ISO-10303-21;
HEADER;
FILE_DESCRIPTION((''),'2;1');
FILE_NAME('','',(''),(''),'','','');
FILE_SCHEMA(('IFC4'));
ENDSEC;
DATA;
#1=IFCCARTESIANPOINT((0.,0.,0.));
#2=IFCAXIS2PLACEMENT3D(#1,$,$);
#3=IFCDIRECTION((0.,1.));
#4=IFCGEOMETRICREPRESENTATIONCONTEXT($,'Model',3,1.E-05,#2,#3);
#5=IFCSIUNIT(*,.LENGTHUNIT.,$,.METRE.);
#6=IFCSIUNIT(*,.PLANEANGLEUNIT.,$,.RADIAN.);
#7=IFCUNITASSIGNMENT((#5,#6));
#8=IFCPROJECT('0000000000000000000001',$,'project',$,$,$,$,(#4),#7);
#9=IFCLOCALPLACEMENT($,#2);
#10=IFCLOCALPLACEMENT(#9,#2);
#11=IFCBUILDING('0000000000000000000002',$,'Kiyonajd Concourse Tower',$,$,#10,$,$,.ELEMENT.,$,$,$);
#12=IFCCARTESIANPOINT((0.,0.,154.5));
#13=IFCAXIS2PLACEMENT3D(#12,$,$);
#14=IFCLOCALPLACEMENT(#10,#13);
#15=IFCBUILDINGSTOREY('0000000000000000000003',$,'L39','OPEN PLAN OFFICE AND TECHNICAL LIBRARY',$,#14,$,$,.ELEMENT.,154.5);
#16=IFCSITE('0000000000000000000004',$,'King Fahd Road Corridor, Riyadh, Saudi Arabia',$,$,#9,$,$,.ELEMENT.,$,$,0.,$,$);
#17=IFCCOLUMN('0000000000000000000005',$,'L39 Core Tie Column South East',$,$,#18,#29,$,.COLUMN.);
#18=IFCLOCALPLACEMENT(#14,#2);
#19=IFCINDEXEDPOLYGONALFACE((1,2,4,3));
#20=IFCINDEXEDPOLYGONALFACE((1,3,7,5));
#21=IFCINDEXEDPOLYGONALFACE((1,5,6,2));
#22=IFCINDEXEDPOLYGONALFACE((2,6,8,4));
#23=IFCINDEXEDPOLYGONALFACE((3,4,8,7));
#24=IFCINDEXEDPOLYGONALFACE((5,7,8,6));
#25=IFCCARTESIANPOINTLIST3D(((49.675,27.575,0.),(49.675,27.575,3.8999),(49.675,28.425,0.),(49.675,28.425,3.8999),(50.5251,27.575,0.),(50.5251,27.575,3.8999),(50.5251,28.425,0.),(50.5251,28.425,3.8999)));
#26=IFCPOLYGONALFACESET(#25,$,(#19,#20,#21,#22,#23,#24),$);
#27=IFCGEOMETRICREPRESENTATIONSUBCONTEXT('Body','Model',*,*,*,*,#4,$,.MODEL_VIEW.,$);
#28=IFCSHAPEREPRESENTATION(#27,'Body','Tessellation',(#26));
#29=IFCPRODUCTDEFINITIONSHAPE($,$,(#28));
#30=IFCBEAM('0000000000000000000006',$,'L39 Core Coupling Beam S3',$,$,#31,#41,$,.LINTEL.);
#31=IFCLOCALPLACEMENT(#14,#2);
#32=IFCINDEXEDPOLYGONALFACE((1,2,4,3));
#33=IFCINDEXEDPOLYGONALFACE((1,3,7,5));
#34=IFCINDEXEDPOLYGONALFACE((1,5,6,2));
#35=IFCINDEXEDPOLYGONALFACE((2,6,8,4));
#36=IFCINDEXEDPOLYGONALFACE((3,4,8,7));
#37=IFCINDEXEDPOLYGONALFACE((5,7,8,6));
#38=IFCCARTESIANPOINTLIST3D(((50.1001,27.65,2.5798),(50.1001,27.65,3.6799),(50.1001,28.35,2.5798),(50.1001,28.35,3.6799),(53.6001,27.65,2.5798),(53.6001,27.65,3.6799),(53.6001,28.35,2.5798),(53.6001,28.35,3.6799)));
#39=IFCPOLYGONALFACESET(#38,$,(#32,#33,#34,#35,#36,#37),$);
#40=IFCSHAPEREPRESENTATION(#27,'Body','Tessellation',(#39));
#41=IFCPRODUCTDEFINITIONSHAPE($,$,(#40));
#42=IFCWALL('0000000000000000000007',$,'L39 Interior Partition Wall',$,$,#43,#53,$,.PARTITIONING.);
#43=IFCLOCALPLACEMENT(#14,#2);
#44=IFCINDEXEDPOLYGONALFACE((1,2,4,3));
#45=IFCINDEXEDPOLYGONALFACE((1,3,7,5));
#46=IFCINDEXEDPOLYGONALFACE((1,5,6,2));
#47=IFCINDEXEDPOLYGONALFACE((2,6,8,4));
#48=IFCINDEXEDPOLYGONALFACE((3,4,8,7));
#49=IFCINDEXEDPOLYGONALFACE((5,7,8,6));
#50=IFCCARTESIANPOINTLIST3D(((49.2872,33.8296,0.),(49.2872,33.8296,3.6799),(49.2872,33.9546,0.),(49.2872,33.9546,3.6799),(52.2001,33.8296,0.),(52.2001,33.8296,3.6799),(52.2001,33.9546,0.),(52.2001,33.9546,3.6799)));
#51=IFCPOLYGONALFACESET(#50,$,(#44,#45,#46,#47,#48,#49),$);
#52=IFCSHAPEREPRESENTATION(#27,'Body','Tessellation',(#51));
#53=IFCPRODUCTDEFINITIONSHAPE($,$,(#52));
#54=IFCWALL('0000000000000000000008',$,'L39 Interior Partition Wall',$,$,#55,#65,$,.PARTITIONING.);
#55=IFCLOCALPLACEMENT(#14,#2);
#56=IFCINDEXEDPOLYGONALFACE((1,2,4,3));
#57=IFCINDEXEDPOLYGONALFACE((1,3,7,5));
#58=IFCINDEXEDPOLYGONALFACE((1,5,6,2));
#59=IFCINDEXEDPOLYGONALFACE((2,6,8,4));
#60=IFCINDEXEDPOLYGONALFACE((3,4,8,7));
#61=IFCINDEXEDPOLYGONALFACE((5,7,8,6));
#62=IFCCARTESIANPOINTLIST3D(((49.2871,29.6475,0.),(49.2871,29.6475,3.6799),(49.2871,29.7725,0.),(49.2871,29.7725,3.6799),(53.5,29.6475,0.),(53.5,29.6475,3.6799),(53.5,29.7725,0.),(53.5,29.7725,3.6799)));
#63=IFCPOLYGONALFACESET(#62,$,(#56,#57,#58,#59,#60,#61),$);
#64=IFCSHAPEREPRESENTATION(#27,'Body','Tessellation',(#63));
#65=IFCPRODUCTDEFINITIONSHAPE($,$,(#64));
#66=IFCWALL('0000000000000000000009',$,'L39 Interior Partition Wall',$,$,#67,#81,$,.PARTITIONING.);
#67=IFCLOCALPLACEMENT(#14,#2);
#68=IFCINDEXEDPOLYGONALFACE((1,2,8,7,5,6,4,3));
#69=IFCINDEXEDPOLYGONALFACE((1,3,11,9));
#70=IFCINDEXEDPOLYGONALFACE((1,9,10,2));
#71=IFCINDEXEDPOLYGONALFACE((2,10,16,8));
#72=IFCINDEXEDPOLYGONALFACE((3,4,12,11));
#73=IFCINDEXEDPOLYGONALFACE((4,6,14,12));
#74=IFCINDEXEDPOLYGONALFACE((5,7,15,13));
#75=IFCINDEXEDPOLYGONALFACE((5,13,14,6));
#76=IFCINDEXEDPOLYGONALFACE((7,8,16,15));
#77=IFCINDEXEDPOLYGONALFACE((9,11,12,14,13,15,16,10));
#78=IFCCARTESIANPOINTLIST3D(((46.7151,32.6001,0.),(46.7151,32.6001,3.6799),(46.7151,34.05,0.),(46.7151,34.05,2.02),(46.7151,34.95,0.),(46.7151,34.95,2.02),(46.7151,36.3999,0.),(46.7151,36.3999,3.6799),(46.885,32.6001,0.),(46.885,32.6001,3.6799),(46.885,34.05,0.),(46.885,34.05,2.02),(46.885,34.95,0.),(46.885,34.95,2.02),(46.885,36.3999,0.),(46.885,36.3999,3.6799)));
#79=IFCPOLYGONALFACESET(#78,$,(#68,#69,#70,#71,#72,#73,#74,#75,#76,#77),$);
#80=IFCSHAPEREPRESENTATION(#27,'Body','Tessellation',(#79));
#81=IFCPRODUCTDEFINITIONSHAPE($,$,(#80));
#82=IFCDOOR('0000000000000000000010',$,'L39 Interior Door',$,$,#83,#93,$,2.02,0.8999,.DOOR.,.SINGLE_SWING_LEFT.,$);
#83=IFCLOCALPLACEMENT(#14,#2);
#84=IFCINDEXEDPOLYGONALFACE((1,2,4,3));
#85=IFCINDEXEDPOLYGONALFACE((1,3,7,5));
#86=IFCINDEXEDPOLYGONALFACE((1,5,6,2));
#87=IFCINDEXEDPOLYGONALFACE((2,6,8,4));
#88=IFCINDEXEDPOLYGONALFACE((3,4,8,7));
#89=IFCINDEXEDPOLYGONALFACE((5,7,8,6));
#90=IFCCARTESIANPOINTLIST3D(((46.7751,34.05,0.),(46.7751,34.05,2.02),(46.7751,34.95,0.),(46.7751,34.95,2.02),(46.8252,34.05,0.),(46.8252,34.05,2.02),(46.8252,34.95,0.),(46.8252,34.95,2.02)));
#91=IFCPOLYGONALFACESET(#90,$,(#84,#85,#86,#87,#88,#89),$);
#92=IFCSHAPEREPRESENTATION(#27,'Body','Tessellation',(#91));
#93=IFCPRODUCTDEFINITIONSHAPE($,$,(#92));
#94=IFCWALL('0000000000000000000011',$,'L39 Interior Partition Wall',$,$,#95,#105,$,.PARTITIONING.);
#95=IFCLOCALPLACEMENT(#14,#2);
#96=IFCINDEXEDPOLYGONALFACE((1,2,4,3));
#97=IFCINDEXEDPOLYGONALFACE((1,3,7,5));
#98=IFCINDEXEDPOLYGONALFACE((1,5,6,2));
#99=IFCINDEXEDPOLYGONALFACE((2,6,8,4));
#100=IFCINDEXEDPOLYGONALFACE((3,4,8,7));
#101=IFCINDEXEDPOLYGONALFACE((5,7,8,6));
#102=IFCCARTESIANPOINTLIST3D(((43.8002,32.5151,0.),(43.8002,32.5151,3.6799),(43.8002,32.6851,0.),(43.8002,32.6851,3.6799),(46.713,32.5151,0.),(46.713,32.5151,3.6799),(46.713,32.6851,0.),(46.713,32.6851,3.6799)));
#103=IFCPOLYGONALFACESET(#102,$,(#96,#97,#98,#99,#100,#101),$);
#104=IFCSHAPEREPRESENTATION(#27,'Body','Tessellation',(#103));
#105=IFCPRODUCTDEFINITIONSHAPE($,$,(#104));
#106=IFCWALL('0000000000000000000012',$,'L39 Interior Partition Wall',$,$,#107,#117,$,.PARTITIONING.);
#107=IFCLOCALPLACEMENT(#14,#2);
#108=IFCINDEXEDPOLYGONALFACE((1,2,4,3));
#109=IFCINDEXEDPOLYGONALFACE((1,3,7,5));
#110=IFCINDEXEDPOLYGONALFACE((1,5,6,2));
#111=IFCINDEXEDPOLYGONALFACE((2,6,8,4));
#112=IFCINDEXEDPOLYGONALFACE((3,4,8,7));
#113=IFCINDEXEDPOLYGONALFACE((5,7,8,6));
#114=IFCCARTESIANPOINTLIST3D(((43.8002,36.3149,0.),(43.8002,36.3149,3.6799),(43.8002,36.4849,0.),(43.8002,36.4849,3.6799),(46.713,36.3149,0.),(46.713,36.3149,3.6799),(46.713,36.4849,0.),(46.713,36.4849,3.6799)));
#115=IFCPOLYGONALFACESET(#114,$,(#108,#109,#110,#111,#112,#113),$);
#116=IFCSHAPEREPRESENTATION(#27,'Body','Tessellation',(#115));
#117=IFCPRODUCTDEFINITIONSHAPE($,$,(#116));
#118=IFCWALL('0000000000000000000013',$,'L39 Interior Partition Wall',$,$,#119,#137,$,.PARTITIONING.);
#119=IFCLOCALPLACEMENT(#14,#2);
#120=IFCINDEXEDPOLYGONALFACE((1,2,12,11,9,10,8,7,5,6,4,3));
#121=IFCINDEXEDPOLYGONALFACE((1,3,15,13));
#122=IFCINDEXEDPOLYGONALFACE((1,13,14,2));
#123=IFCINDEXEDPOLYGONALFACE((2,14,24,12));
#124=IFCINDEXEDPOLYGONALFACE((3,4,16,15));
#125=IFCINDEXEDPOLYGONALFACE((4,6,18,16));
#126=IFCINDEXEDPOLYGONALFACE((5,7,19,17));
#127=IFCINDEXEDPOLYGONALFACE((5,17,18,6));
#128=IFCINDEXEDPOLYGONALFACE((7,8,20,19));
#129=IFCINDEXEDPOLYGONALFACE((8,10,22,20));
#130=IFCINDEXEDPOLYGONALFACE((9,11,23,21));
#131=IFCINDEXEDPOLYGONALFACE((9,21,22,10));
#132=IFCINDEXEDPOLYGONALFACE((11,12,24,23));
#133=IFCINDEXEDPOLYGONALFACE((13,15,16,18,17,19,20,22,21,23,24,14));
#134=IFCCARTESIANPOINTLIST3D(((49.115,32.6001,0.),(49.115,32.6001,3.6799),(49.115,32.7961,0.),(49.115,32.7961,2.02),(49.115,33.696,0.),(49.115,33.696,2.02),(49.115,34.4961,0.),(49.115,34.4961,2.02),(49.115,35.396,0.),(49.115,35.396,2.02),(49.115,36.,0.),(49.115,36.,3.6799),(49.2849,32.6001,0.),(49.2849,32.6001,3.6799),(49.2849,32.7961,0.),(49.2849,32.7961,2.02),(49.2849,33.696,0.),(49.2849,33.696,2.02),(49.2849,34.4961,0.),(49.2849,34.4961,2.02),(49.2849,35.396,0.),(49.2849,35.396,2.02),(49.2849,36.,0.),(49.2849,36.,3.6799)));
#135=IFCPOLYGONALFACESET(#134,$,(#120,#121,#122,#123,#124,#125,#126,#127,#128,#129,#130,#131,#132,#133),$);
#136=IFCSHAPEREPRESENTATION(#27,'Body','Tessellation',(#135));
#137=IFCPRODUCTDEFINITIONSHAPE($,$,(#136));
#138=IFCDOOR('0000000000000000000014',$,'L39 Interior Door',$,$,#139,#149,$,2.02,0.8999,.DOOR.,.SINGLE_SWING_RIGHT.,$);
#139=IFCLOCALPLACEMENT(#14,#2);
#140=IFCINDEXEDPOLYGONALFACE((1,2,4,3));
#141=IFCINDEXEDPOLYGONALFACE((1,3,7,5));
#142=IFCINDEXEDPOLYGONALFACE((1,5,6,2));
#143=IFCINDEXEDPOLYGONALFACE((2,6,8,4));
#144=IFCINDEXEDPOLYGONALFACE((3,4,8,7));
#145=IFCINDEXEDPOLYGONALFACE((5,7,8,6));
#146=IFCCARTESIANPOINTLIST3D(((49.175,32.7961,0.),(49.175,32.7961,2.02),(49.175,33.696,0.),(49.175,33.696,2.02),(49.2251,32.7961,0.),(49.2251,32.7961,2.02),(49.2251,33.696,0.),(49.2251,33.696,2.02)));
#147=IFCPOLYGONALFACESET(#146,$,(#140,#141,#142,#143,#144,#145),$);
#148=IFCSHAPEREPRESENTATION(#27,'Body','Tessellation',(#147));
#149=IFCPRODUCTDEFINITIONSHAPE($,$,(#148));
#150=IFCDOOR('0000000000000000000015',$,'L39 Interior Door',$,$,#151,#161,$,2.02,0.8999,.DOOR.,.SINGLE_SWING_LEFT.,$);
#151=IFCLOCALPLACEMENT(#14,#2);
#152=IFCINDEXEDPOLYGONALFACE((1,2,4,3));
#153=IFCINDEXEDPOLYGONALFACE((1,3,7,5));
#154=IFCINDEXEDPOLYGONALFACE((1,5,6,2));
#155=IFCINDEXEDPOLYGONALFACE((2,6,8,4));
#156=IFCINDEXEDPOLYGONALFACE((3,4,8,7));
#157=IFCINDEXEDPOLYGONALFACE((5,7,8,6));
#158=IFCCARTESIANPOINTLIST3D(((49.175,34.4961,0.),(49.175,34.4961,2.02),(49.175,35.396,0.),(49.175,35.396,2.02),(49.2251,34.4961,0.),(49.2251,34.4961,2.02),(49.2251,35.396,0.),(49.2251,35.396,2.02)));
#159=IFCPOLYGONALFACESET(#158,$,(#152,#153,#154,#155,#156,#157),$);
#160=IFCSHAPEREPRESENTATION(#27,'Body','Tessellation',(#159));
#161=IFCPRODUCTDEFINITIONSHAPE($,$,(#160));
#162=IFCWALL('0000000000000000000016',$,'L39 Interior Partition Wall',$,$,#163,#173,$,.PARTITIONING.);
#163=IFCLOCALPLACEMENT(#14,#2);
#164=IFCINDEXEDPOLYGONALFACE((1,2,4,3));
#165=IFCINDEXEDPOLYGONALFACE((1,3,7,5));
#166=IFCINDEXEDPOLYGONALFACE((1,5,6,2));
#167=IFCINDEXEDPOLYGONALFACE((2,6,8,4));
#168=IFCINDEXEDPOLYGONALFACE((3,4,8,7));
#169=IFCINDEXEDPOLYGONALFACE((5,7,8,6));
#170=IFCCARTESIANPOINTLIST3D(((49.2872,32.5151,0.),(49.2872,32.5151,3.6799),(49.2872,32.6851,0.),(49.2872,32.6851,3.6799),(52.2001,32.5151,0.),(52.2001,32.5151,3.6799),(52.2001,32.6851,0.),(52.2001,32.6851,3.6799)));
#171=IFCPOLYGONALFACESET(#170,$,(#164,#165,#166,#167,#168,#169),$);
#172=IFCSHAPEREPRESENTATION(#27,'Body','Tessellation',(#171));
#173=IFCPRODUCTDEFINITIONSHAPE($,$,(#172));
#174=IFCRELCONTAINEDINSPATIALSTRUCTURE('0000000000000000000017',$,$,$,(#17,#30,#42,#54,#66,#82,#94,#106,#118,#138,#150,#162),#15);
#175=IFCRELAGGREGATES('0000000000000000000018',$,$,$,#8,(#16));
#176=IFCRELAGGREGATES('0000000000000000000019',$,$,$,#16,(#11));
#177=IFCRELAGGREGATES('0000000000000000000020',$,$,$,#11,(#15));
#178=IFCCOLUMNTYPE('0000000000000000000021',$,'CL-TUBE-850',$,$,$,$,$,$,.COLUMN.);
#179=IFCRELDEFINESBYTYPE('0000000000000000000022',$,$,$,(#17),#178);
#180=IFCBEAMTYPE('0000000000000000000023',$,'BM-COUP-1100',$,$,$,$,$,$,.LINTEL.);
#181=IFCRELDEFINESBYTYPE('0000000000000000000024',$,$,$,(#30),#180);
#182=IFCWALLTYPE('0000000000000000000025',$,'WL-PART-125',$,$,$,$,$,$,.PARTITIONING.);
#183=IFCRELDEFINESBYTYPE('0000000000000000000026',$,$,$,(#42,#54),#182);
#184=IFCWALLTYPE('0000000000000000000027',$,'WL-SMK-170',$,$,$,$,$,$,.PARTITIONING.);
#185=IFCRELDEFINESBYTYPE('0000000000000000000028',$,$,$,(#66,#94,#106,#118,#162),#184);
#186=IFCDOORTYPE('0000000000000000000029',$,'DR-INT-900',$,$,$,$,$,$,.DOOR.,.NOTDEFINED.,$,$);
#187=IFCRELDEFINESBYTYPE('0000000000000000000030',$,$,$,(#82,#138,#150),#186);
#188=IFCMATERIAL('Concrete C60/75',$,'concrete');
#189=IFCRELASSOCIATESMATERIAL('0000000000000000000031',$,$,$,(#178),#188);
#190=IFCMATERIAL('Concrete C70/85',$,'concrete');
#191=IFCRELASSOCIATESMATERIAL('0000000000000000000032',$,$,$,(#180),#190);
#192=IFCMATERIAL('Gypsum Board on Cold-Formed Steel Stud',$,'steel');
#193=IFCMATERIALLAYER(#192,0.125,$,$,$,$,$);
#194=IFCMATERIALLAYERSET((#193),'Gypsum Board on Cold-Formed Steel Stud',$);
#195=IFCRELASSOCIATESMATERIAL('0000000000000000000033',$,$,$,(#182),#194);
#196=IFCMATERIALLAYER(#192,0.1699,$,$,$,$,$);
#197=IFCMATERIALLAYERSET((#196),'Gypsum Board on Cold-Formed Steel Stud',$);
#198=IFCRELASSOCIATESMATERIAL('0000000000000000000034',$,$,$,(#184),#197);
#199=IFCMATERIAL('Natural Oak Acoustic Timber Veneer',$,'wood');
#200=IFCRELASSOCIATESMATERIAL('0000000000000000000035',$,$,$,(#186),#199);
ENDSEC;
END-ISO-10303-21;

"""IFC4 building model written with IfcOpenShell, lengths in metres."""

from ifc_helpers import new_model, si_unit, direction, frame, frame_2d, origin, origin_2d, place, context, subcontext, project, spatial, rectangle, extrude, material, layer, layer_set, material_profile, profile_set, type_object, element, fill, save


model = new_model("IFC4")

# Units and contexts
model_context = context("Model", 3, precision=1e-05, world=origin(), true_north=direction((0.0, 1.0)))
body_context = subcontext(model_context, "Body", "Model", "MODEL_VIEW")
ifc_project = project(units=[si_unit("LENGTHUNIT", "METRE"), si_unit("PLANEANGLEUNIT", "RADIAN")], contexts=[model_context])

# Site, building, storey
site_placement = place(None, origin())
site = spatial("IfcSite", under=ifc_project, at=site_placement, Name="King Fahd Road Corridor, Riyadh, Saudi Arabia", CompositionType="ELEMENT", RefElevation=0.0)
building_placement = place(site_placement, origin())
building = spatial("IfcBuilding", under=site, at=building_placement, Name="Kiyonajd Concourse Tower", CompositionType="ELEMENT")
storey_placement = place(building_placement, frame((0.0, 0.0, 154.5)))
storey = spatial("IfcBuildingStorey", under=building, at=storey_placement, Name="L39", Description="OPEN PLAN OFFICE AND TECHNICAL LIBRARY", CompositionType="ELEMENT", Elevation=154.5)

# Column
ifc_material_1 = material(Name="Concrete C60/75", Category="concrete")
ifc_material_profile_1 = material_profile(ifc_material_1, rectangle(XDim=0.8501, YDim=0.8501, at=origin_2d()), Name="RC-850x850")
ifc_profile_set_1 = profile_set([ifc_material_profile_1], Name="Concrete C60/75")
column_type = type_object("IfcColumnType", Name="CL-TUBE-850", PredefinedType="COLUMN", material=ifc_profile_set_1)
column_placement = place(storey_placement, frame((50.1001, 28.0, 0.0), z_axis=(0.0, 0.0, 1.0), x_axis=(1.0, 0.0, 0.0)))
element("IfcColumn", 1, at=column_placement, inside=storey, type_object=column_type, Name="L39 Core Tie Column South East", PredefinedType="COLUMN", context=body_context, shape_type="SweptSolid", body=[
    extrude(rectangle(XDim=0.8501, YDim=0.8501, at=origin_2d()), origin(), (0.0, 0.0, 1.0), 3.8999),
])

# Beam
ifc_material_2 = material(Name="Concrete C70/85", Category="concrete")
ifc_material_profile_2 = material_profile(ifc_material_2, rectangle(XDim=0.7, YDim=1.1001, at=origin_2d()), Name="RCBM-700x1100")
ifc_profile_set_2 = profile_set([ifc_material_profile_2], Name="Concrete C70/85")
beam_type = type_object("IfcBeamType", Name="BM-COUP-1100", PredefinedType="LINTEL", material=ifc_profile_set_2)
beam_placement = place(storey_placement, frame((50.1001, 28.0, 3.1299), z_axis=(1.0, 0.0, 0.0), x_axis=(0.0, 1.0, 0.0)))
element("IfcBeam", 2, at=beam_placement, inside=storey, type_object=beam_type, Name="L39 Core Coupling Beam S3", PredefinedType="LINTEL", context=body_context, shape_type="SweptSolid", body=[
    extrude(rectangle(XDim=0.7, YDim=1.1001, at=origin_2d()), origin(), (0.0, 0.0, 1.0), 3.5),
])

# Walls
ifc_material_3 = material(Name="Gypsum Board on Cold-Formed Steel Stud", Category="steel")
ifc_layer_1 = layer(ifc_material_3, 0.125)
ifc_layer_set_1 = layer_set([ifc_layer_1], Name="Gypsum Board on Cold-Formed Steel Stud")
wall_type_1 = type_object("IfcWallType", Name="WL-PART-125", PredefinedType="PARTITIONING", material=ifc_layer_set_1)
wall_1_placement = place(storey_placement, frame((49.2871, 33.8921, 0.0), z_axis=(0.0, 0.0, 1.0), x_axis=(1.0, 0.0, 0.0)))
element("IfcWall", 3, at=wall_1_placement, inside=storey, type_object=wall_type_1, Name="L39 Interior Partition Wall", PredefinedType="PARTITIONING", context=body_context, shape_type="SweptSolid", body=[
    extrude(rectangle(XDim=2.9128, YDim=0.125, at=frame_2d((1.4565, 0.0))), origin(), (0.0, 0.0, 1.0), 3.6799),
])
wall_2_placement = place(storey_placement, frame((49.2871, 29.71, 0.0), z_axis=(0.0, 0.0, 1.0), x_axis=(1.0, 0.0, 0.0)))
element("IfcWall", 4, at=wall_2_placement, inside=storey, type_object=wall_type_1, Name="L39 Interior Partition Wall", PredefinedType="PARTITIONING", context=body_context, shape_type="SweptSolid", body=[
    extrude(rectangle(XDim=4.2129, YDim=0.125, at=frame_2d((2.1064, 0.0))), origin(), (0.0, 0.0, 1.0), 3.6799),
])

# Wall, opening, door
ifc_layer_2 = layer(ifc_material_3, 0.1699)
ifc_layer_set_2 = layer_set([ifc_layer_2], Name="Gypsum Board on Cold-Formed Steel Stud")
wall_type_2 = type_object("IfcWallType", Name="WL-SMK-170", PredefinedType="PARTITIONING", material=ifc_layer_set_2)
wall_3_placement = place(storey_placement, frame((46.8, 32.6001, 0.0), z_axis=(0.0, 0.0, 1.0), x_axis=(0.0, 1.0, 0.0)))
wall_3 = element("IfcWall", 5, at=wall_3_placement, inside=storey, type_object=wall_type_2, Name="L39 Interior Partition Wall", PredefinedType="PARTITIONING", context=body_context, shape_type="SweptSolid", body=[
    extrude(rectangle(XDim=3.7998, YDim=0.1699, at=frame_2d((1.8999, 0.0))), origin(), (0.0, 0.0, 1.0), 3.6799),
])
opening_1_placement = place(wall_3_placement, frame((1.45, 0.0, 0.0)))
opening_1 = element("IfcOpeningElement", 6, at=opening_1_placement, cuts=wall_3, PredefinedType="OPENING", context=body_context, shape_type="SweptSolid", body=[
    extrude(rectangle(XDim=0.8999, YDim=2.02, at=frame_2d((0.45, 1.01))), frame((0.0, 0.095, 0.0), z_axis=(0.0, -1.0, 0.0), x_axis=(1.0, 0.0, 0.0)), (0.0, 0.0, 1.0), 0.1899),
])
ifc_material_4 = material(Name="Natural Oak Acoustic Timber Veneer", Category="wood")
door_type = type_object("IfcDoorType", Name="DR-INT-900", OperationType="NOTDEFINED", PredefinedType="DOOR", material=ifc_material_4)
door_1_placement = place(opening_1_placement, origin())
door_1 = element("IfcDoor", 7, at=door_1_placement, inside=storey, type_object=door_type, Name="L39 Interior Door", OperationType="SINGLE_SWING_LEFT", OverallHeight=2.02, OverallWidth=0.8999, PredefinedType="DOOR", context=body_context, shape_type="SweptSolid", body=[
    extrude(rectangle(XDim=0.8999, YDim=2.02, at=frame_2d((0.45, 1.01))), frame((0.0, 0.0249, 0.0), z_axis=(0.0, -1.0, 0.0), x_axis=(1.0, 0.0, 0.0)), (0.0, 0.0, 1.0), 0.05),
])
fill(opening_1, door_1)

# Walls
for number, where, z_axis, x_axis, name in (
    (8, (43.8, 32.6001, 0.0), (0.0, 0.0, 1.0), (1.0, 0.0, 0.0), "L39 Interior Partition Wall"),
    (9, (43.8, 36.3999, 0.0), (0.0, 0.0, 1.0), (1.0, 0.0, 0.0), "L39 Interior Partition Wall"),
):
    element("IfcWall", number, at=place(storey_placement, frame(where, z_axis=z_axis, x_axis=x_axis)), inside=storey, type_object=wall_type_2, Name=name, PredefinedType="PARTITIONING", context=body_context, shape_type="SweptSolid", body=[
        extrude(rectangle(XDim=2.9128, YDim=0.1699, at=frame_2d((1.4565, 0.0))), origin(), (0.0, 0.0, 1.0), 3.6799),
    ])

# Wall, openings, doors
wall_4_placement = place(storey_placement, frame((49.2, 32.6001, 0.0), z_axis=(0.0, 0.0, 1.0), x_axis=(0.0, 1.0, 0.0)))
wall_4 = element("IfcWall", 10, at=wall_4_placement, inside=storey, type_object=wall_type_2, Name="L39 Interior Partition Wall", PredefinedType="PARTITIONING", context=body_context, shape_type="SweptSolid", body=[
    extrude(rectangle(XDim=3.3999, YDim=0.1699, at=frame_2d((1.7, 0.0))), origin(), (0.0, 0.0, 1.0), 3.6799),
])
opening_2_placement = place(wall_4_placement, frame((0.196, 0.0, 0.0)))
opening_2 = element("IfcOpeningElement", 11, at=opening_2_placement, cuts=wall_4, PredefinedType="OPENING", context=body_context, shape_type="SweptSolid", body=[
    extrude(rectangle(XDim=0.8999, YDim=2.02, at=frame_2d((0.45, 1.01))), frame((0.0, 0.095, 0.0), z_axis=(0.0, -1.0, 0.0), x_axis=(1.0, 0.0, 0.0)), (0.0, 0.0, 1.0), 0.1899),
])
opening_3_placement = place(wall_4_placement, frame((1.896, 0.0, 0.0)))
opening_3 = element("IfcOpeningElement", 12, at=opening_3_placement, cuts=wall_4, PredefinedType="OPENING", context=body_context, shape_type="SweptSolid", body=[
    extrude(rectangle(XDim=0.8999, YDim=2.02, at=frame_2d((0.45, 1.01))), frame((0.0, 0.095, 0.0), z_axis=(0.0, -1.0, 0.0), x_axis=(1.0, 0.0, 0.0)), (0.0, 0.0, 1.0), 0.1899),
])
door_2_placement = place(opening_2_placement, origin())
door_2 = element("IfcDoor", 13, at=door_2_placement, inside=storey, type_object=door_type, Name="L39 Interior Door", OperationType="SINGLE_SWING_RIGHT", OverallHeight=2.02, OverallWidth=0.8999, PredefinedType="DOOR", context=body_context, shape_type="SweptSolid", body=[
    extrude(rectangle(XDim=0.8999, YDim=2.02, at=frame_2d((0.45, 1.01))), frame((0.0, 0.0249, 0.0), z_axis=(0.0, -1.0, 0.0), x_axis=(1.0, 0.0, 0.0)), (0.0, 0.0, 1.0), 0.05),
])
fill(opening_2, door_2)
door_3_placement = place(opening_3_placement, origin())
door_3 = element("IfcDoor", 14, at=door_3_placement, inside=storey, type_object=door_type, Name="L39 Interior Door", OperationType="SINGLE_SWING_LEFT", OverallHeight=2.02, OverallWidth=0.8999, PredefinedType="DOOR", context=body_context, shape_type="SweptSolid", body=[
    extrude(rectangle(XDim=0.8999, YDim=2.02, at=frame_2d((0.45, 1.01))), frame((0.0, 0.0249, 0.0), z_axis=(0.0, -1.0, 0.0), x_axis=(1.0, 0.0, 0.0)), (0.0, 0.0, 1.0), 0.05),
])
fill(opening_3, door_3)

# Wall
for number, where, z_axis, x_axis, name in (
    (15, (49.2871, 32.6001, 0.0), (0.0, 0.0, 1.0), (1.0, 0.0, 0.0), "L39 Interior Partition Wall"),
):
    element("IfcWall", number, at=place(storey_placement, frame(where, z_axis=z_axis, x_axis=x_axis)), inside=storey, type_object=wall_type_2, Name=name, PredefinedType="PARTITIONING", context=body_context, shape_type="SweptSolid", body=[
        extrude(rectangle(XDim=2.9128, YDim=0.1699, at=frame_2d((1.4565, 0.0))), origin(), (0.0, 0.0, 1.0), 3.6799),
    ])

save(model, "model.ifc")
